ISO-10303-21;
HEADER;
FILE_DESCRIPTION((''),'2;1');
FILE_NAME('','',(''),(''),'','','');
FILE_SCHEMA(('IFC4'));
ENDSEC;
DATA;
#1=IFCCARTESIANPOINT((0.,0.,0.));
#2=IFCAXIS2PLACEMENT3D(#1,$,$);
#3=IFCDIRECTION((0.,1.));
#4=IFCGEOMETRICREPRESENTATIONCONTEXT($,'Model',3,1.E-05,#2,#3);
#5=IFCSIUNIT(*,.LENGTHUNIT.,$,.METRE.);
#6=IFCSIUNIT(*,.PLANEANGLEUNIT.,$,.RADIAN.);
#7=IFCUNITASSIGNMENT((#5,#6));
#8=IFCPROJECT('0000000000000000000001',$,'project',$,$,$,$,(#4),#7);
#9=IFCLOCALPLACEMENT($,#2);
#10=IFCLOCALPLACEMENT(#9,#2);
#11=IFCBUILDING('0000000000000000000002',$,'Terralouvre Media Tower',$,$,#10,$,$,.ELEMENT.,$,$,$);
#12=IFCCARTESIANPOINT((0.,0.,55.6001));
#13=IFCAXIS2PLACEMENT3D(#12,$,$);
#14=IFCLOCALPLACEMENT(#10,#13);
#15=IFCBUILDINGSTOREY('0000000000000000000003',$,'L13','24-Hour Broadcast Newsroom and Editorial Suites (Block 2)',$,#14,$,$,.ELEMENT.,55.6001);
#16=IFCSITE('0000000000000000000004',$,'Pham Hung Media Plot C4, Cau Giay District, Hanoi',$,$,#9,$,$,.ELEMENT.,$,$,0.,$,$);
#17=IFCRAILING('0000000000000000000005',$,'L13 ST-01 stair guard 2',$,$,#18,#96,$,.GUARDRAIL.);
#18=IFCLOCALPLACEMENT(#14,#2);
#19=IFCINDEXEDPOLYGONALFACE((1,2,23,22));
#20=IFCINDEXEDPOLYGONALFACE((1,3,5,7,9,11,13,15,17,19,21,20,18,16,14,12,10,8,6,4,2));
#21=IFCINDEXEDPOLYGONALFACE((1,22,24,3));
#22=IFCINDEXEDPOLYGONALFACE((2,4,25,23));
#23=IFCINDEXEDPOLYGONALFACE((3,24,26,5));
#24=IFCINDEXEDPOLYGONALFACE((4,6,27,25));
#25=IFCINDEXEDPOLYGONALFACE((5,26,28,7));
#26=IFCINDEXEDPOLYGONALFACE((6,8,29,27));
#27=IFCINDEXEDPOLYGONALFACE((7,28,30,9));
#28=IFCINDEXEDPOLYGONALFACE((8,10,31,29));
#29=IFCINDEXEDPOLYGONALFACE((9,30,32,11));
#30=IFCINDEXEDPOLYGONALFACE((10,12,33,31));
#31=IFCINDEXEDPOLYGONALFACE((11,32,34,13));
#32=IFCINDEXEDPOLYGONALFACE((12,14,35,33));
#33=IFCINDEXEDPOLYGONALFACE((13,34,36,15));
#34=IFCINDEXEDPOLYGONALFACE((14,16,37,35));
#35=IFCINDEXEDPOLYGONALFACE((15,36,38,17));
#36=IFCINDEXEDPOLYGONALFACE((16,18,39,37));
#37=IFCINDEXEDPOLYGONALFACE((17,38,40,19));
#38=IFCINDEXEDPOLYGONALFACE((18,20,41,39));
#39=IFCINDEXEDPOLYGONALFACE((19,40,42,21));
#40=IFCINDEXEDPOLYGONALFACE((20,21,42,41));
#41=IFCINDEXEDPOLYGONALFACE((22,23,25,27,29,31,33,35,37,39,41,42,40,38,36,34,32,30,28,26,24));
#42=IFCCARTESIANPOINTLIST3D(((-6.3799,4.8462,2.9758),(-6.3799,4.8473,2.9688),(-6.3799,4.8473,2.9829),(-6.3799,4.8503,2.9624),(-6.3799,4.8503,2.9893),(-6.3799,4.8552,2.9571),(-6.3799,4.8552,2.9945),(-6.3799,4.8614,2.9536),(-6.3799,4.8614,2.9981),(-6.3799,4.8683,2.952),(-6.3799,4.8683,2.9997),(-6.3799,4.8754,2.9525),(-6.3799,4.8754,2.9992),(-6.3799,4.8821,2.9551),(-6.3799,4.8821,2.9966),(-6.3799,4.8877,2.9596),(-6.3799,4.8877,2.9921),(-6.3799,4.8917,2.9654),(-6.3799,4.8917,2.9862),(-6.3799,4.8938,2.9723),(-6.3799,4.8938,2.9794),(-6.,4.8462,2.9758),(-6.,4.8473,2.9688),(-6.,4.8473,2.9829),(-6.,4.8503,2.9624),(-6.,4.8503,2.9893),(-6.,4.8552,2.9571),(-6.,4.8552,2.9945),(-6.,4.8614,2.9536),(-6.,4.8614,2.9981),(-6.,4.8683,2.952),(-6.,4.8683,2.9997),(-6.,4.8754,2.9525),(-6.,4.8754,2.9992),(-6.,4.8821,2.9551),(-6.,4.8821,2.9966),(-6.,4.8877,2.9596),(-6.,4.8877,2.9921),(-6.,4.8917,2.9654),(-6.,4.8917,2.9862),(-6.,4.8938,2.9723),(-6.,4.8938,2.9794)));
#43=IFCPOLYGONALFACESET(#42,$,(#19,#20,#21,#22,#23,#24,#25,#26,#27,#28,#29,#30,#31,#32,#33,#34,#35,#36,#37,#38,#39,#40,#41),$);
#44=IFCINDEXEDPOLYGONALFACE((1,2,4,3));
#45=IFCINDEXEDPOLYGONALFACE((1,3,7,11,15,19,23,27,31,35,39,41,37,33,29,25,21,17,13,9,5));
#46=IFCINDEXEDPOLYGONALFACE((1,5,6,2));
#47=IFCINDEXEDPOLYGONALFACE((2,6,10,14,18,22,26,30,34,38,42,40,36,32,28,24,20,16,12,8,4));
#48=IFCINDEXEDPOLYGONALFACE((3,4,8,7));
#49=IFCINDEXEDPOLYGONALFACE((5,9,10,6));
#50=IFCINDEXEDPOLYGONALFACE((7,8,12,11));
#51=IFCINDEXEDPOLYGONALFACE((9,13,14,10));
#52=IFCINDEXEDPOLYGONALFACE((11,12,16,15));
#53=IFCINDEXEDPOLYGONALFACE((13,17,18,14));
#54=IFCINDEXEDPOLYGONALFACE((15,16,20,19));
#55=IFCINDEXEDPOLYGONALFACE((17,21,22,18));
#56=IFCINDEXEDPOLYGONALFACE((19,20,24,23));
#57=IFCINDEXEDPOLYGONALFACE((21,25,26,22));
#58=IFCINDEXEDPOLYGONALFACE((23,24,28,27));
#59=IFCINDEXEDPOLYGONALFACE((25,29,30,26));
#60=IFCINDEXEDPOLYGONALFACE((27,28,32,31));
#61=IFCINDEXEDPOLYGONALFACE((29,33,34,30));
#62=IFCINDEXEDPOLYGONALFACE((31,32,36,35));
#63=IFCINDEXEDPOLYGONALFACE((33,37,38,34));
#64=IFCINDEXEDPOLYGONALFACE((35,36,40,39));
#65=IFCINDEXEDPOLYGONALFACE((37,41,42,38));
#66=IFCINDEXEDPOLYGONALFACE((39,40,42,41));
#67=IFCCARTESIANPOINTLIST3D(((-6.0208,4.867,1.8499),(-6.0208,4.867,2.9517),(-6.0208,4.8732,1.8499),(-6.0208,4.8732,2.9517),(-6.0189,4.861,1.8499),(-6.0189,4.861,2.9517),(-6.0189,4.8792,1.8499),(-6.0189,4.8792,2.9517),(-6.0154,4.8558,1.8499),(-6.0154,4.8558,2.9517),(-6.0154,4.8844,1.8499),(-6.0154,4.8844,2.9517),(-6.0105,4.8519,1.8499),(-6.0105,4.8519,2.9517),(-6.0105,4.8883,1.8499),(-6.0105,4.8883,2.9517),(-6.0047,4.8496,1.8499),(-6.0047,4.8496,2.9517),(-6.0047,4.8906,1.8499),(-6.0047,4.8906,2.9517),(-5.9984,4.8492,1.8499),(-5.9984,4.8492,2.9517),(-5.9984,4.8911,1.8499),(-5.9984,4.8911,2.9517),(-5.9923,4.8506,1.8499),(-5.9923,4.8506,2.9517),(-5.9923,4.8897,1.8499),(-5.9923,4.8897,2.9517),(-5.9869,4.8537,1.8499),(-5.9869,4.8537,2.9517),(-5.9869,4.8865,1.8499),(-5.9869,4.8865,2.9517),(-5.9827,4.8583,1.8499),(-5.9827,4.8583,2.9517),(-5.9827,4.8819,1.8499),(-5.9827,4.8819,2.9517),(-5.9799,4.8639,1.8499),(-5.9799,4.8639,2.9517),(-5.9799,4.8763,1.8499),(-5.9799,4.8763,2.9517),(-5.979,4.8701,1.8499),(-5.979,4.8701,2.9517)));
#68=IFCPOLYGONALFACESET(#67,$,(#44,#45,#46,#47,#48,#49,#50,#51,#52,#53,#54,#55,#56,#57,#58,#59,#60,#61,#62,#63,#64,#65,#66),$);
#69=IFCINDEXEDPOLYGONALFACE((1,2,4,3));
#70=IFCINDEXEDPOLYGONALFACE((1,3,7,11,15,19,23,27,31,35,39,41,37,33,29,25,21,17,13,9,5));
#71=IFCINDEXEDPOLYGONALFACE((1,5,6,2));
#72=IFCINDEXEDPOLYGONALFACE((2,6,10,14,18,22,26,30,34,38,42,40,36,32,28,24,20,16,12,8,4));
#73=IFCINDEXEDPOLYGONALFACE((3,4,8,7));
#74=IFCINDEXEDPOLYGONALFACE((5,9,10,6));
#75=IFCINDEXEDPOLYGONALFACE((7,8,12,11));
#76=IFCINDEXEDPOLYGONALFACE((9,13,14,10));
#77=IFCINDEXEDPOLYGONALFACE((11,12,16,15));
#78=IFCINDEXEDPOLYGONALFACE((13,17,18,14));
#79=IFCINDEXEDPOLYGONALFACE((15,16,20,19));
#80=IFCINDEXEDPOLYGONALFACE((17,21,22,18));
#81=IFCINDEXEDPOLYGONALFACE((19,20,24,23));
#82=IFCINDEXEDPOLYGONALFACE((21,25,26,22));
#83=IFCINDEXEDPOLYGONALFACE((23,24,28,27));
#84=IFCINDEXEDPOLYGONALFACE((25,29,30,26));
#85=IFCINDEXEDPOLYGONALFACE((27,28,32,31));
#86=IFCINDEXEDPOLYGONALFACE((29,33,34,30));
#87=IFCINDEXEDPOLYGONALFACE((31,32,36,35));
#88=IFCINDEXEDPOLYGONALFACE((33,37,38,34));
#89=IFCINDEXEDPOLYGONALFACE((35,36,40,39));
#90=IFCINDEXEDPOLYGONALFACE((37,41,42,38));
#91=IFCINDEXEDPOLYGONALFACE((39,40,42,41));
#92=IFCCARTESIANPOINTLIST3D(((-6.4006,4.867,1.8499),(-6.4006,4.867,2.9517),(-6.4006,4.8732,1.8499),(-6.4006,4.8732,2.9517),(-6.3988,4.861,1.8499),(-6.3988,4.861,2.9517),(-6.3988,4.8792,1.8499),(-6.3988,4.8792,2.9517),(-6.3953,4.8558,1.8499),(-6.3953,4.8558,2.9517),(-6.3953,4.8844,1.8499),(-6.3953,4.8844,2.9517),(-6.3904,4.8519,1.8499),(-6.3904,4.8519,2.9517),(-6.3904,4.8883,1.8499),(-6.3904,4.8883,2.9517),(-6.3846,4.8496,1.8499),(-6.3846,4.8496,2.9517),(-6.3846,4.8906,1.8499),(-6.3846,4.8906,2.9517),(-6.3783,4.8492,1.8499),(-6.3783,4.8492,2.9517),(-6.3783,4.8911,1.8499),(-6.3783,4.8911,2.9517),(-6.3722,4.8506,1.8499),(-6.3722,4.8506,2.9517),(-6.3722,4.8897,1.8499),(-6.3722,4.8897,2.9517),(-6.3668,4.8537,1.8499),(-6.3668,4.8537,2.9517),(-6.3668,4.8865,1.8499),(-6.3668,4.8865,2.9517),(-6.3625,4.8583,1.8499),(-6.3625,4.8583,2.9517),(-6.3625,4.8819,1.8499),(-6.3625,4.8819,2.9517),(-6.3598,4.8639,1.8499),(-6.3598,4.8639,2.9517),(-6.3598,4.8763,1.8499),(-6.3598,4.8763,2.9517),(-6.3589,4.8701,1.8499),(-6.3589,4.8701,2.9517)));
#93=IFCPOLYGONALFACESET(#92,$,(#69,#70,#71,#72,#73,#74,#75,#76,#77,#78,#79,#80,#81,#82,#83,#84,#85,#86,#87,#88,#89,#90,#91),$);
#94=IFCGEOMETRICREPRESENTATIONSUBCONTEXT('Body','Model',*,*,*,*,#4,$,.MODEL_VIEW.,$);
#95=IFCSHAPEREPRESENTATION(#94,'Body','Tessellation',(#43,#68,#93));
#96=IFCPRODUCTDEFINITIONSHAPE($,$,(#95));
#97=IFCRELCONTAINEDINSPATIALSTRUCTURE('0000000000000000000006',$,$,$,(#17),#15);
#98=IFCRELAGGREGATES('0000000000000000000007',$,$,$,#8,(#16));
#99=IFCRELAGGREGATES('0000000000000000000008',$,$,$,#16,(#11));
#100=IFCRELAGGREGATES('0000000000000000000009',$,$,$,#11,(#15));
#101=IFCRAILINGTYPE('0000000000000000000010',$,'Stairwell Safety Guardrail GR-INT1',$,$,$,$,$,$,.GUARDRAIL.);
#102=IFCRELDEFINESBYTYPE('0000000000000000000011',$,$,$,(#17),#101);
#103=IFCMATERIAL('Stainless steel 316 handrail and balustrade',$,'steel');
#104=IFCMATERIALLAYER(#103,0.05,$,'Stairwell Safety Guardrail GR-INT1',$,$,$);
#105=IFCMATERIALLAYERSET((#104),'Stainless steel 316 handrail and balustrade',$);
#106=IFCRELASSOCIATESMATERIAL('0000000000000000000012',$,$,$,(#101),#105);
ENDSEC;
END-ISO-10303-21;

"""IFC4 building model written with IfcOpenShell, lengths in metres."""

from ifc_helpers import new_model, si_unit, direction, frame, origin, origin_2d, place, context, subcontext, project, spatial, circle, extrude, material, layer, layer_set, type_object, element, save


model = new_model("IFC4")

# Units and contexts
model_context = context("Model", 3, precision=1e-05, world=origin(), true_north=direction((0.0, 1.0)))
body_context = subcontext(model_context, "Body", "Model", "MODEL_VIEW")
ifc_project = project(units=[si_unit("LENGTHUNIT", "METRE"), si_unit("PLANEANGLEUNIT", "RADIAN")], contexts=[model_context])

# Site, building, storey
site_placement = place(None, origin())
site = spatial("IfcSite", under=ifc_project, at=site_placement, Name="Pham Hung Media Plot C4, Cau Giay District, Hanoi", CompositionType="ELEMENT", RefElevation=0.0)
building_placement = place(site_placement, origin())
building = spatial("IfcBuilding", under=site, at=building_placement, Name="Terralouvre Media Tower", CompositionType="ELEMENT")
storey_placement = place(building_placement, frame((0.0, 0.0, 55.6001)))
storey = spatial("IfcBuildingStorey", under=building, at=storey_placement, Name="L13", Description="24-Hour Broadcast Newsroom and Editorial Suites (Block 2)", CompositionType="ELEMENT", Elevation=55.6001)

# Railing
ifc_material_1 = material(Name="Stainless steel 316 handrail and balustrade", Category="steel")
ifc_layer_1 = layer(ifc_material_1, 0.05, Name="Stairwell Safety Guardrail GR-INT1")
ifc_layer_set_1 = layer_set([ifc_layer_1], Name="Stainless steel 316 handrail and balustrade")
railing_type_1 = type_object("IfcRailingType", Name="Stairwell Safety Guardrail GR-INT1", PredefinedType="GUARDRAIL", material=ifc_layer_set_1)
railing_1_placement = place(storey_placement, frame((-6.0, 4.8701, 1.8499)))
element("IfcRailing", 1, at=railing_1_placement, inside=storey, type_object=railing_type_1, Name="L13 ST-01 stair guard 2", PredefinedType="GUARDRAIL", context=body_context, shape_type="SweptSolid", body=[
    extrude(circle(Radius=0.0239, at=origin_2d()), frame((0.0, 0.0, 1.126), z_axis=(-1.0, 0.0, 0.0), x_axis=(0.0, -1.0, 0.0)), (0.0, 0.0, 1.0), 0.3799),
    extrude(circle(Radius=0.021, at=origin_2d()), origin(), (0.0, 0.0, 1.0), 1.1018),
    extrude(circle(Radius=0.021, at=origin_2d()), frame((-0.3799, 0.0, 0.0)), (0.0, 0.0, 1.0), 1.1018),
])

save(model, "model.ifc")
